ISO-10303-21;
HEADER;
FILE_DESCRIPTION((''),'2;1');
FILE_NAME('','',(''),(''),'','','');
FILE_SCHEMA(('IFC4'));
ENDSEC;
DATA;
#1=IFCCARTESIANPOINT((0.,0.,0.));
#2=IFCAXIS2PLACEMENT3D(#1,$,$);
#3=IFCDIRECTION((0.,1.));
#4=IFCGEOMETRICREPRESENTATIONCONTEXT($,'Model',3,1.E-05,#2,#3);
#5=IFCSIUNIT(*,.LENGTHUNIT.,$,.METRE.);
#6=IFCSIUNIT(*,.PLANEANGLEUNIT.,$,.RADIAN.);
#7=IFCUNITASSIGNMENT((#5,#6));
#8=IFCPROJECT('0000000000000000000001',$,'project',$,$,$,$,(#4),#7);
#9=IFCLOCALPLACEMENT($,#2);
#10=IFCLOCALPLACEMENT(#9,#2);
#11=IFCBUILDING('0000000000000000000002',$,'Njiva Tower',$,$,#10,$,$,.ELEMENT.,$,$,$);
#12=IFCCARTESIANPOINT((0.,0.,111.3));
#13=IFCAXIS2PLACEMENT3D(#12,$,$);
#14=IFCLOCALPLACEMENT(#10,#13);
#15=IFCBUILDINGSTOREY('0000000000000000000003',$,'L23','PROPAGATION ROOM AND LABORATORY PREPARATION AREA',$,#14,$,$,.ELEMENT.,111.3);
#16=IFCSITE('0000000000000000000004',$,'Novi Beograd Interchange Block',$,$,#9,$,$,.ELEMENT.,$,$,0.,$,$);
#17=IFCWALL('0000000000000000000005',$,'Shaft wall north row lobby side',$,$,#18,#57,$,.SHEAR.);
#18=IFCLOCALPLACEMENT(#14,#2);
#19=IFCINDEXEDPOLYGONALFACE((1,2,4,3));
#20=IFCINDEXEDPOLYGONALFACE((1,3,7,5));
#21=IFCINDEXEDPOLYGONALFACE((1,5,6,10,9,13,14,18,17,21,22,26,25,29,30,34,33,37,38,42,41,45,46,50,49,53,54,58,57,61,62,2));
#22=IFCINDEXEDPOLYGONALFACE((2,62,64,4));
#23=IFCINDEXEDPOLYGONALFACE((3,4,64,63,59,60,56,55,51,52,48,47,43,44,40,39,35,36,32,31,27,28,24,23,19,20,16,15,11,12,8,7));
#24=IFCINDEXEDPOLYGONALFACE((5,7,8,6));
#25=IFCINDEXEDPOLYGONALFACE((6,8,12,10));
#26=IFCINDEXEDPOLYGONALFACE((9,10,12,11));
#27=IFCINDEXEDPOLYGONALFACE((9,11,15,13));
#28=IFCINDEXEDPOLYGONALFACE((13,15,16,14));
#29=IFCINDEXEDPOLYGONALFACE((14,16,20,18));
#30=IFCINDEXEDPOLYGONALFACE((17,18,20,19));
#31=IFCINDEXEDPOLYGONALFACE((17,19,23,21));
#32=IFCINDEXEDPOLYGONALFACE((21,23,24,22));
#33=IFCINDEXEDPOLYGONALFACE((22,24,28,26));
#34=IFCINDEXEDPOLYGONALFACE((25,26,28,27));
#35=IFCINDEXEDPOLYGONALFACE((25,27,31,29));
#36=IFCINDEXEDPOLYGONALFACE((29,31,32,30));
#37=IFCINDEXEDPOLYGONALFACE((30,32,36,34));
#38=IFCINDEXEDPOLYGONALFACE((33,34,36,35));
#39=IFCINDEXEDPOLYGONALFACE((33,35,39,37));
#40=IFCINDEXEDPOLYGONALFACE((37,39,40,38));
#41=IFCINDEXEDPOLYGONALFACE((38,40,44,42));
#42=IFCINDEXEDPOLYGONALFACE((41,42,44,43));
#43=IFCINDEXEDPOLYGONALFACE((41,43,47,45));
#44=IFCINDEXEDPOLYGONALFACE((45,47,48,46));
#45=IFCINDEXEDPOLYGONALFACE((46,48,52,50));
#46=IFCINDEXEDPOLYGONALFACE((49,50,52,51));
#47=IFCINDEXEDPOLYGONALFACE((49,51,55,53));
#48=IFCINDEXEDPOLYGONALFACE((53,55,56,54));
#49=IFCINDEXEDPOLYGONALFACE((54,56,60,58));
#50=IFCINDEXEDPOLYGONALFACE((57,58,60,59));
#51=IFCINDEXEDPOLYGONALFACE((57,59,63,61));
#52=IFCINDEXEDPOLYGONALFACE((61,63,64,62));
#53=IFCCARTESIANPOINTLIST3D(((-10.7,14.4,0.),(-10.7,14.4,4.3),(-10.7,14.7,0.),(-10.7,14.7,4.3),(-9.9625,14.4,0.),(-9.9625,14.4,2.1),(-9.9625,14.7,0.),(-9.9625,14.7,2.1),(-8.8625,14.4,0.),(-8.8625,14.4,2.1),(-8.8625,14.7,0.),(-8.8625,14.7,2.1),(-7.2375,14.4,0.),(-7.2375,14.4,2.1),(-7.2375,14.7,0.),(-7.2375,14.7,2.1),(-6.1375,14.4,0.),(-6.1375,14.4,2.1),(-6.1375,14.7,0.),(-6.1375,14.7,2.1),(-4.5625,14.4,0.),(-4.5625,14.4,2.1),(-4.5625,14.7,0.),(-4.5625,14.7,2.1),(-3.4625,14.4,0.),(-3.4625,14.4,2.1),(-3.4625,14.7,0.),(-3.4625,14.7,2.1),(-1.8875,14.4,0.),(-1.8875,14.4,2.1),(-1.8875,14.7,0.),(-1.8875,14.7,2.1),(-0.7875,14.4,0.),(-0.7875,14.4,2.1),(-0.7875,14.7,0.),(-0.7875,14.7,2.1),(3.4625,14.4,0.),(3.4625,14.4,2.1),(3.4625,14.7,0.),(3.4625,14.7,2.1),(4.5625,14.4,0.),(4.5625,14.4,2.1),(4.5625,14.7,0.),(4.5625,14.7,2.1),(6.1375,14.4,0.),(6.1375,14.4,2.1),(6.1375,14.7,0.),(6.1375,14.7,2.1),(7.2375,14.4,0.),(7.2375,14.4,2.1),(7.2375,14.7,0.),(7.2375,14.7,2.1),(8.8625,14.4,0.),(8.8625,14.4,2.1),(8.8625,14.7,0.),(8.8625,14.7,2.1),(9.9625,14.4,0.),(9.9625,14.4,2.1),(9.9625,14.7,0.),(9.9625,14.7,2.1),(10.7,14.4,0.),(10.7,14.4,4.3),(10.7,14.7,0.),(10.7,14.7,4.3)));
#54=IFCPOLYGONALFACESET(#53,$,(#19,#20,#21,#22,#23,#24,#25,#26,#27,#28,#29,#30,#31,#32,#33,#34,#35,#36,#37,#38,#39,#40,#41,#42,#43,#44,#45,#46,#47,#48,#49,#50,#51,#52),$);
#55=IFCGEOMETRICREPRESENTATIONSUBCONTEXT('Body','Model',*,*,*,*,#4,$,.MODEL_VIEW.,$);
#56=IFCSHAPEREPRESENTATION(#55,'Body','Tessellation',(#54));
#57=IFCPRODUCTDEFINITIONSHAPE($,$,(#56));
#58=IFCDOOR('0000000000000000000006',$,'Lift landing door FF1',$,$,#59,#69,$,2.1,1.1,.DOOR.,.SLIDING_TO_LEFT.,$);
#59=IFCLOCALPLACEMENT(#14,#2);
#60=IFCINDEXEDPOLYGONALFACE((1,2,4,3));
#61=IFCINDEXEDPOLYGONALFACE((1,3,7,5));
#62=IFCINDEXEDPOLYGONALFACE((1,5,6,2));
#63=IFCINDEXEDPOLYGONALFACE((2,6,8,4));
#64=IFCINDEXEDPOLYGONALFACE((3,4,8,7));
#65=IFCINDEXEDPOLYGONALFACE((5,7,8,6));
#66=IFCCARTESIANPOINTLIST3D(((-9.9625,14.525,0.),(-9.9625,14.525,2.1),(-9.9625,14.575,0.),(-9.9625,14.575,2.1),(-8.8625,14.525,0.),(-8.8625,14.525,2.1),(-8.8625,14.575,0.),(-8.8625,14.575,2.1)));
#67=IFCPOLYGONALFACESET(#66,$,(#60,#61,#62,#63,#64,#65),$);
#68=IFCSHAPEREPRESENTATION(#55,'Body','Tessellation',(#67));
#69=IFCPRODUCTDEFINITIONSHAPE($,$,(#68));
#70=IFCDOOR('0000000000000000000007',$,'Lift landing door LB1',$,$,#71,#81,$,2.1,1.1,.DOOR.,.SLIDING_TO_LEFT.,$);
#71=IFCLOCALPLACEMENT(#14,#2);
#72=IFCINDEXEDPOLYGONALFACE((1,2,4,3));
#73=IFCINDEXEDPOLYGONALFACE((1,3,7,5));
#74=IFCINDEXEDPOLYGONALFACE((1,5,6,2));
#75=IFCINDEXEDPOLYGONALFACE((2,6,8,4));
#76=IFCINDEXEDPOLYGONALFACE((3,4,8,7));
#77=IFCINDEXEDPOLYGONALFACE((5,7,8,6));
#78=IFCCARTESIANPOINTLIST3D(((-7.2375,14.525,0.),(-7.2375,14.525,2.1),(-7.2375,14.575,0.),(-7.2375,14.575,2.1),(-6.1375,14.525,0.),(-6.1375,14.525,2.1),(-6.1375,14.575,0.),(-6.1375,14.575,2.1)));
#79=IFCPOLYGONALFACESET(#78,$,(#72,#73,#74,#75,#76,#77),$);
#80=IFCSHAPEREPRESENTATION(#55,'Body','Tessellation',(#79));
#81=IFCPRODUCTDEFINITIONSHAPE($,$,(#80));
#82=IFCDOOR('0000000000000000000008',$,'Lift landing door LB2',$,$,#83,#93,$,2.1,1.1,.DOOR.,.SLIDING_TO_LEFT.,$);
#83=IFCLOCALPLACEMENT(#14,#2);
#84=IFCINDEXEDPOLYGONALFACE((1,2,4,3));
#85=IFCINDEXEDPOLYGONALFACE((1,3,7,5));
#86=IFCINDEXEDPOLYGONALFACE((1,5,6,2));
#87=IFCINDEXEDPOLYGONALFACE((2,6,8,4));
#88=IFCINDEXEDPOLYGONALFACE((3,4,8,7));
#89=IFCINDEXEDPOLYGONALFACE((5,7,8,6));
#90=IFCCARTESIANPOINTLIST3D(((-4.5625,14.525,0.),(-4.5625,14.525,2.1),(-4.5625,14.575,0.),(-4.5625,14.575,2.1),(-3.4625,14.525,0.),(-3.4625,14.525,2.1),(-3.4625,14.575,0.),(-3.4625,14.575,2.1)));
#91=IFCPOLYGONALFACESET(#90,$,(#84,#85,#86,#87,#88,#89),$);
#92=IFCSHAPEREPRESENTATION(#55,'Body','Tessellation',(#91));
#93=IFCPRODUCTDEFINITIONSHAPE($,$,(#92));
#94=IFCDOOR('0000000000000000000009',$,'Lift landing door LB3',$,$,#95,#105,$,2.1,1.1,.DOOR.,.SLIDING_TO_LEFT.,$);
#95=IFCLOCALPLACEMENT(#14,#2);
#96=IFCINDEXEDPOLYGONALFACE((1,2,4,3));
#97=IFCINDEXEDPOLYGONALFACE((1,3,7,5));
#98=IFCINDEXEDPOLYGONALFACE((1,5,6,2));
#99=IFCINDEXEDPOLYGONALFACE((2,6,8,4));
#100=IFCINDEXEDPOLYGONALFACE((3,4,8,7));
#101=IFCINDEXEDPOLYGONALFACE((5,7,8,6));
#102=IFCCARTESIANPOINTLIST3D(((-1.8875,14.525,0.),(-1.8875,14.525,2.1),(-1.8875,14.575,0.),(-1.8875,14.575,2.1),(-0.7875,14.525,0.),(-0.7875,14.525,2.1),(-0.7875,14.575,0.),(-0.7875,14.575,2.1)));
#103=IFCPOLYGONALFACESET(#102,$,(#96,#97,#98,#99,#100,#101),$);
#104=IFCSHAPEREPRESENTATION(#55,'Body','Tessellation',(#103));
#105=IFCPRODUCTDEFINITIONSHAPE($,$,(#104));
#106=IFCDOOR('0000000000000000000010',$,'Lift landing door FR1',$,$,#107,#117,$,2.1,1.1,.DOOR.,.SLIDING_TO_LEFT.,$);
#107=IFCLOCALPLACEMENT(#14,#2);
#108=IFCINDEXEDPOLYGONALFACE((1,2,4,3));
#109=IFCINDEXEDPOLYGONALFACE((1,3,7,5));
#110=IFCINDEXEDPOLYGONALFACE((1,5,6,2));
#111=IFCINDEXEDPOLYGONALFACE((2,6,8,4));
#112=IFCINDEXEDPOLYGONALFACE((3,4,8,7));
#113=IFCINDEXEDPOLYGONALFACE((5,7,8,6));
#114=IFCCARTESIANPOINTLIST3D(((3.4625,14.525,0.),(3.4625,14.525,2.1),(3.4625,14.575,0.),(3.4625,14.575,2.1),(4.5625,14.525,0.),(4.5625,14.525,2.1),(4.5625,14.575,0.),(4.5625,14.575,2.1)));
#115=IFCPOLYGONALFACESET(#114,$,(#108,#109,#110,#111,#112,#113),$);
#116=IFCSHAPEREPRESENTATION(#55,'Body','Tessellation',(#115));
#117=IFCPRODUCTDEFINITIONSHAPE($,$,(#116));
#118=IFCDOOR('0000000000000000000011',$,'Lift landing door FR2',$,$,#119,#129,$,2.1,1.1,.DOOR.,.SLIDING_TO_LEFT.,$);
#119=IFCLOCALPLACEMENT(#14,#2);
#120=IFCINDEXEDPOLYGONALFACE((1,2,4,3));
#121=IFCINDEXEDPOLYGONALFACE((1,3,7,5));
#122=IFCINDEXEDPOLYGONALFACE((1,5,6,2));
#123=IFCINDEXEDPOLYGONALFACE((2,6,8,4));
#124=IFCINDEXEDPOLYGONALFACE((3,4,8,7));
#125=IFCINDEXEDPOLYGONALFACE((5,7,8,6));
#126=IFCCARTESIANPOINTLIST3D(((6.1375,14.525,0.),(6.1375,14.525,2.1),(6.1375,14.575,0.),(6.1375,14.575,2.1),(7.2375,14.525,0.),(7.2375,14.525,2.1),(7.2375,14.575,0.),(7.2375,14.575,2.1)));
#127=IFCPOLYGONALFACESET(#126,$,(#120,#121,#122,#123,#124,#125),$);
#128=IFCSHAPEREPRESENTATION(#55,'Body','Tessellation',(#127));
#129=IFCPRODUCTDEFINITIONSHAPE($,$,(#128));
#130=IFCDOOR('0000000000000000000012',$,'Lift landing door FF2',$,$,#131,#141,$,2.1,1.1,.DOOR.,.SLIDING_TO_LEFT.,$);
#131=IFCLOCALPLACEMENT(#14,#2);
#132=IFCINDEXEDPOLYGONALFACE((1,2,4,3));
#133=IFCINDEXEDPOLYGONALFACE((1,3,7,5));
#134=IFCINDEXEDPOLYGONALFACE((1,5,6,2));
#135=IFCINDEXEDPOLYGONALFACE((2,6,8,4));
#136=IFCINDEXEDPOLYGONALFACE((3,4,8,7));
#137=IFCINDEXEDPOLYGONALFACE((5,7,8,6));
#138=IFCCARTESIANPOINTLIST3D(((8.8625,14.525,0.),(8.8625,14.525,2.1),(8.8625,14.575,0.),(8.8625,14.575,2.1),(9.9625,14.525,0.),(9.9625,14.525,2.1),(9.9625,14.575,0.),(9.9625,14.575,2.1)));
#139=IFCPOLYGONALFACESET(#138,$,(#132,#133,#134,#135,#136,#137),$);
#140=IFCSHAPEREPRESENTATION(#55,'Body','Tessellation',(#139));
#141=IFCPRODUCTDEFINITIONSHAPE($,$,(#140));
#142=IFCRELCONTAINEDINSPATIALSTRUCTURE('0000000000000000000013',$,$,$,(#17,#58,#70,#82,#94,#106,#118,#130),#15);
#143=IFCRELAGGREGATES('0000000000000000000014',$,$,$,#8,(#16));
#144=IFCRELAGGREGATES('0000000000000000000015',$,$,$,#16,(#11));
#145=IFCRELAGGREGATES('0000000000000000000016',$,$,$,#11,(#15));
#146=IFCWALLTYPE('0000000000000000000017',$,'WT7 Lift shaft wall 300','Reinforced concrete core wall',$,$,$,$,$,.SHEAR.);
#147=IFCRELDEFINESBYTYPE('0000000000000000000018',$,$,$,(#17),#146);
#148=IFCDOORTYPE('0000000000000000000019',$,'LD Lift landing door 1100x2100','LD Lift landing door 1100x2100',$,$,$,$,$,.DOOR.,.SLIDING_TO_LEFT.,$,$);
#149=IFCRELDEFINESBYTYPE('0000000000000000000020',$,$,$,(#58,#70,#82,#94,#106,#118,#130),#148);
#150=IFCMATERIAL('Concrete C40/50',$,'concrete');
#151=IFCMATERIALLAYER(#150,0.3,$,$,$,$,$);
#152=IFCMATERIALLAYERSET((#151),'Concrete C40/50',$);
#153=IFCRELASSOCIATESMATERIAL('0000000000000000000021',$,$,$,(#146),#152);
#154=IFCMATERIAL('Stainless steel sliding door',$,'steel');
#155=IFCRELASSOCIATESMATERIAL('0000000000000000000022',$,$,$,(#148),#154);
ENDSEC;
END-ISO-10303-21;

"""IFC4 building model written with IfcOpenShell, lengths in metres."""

from ifc_helpers import new_model, si_unit, direction, frame, frame_2d, origin, place, context, subcontext, project, spatial, rectangle, extrude, material, layer, layer_set, type_object, element, fill, save


model = new_model("IFC4")

# Units and contexts
model_context = context("Model", 3, precision=1e-05, world=origin(), true_north=direction((0.0, 1.0)))
body_context = subcontext(model_context, "Body", "Model", "MODEL_VIEW")
ifc_project = project(units=[si_unit("LENGTHUNIT", "METRE"), si_unit("PLANEANGLEUNIT", "RADIAN")], contexts=[model_context])

# Site, building, storey
site_placement = place(None, origin())
site = spatial("IfcSite", under=ifc_project, at=site_placement, Name="Novi Beograd Interchange Block", CompositionType="ELEMENT", RefElevation=0.0)
building_placement = place(site_placement, origin())
building = spatial("IfcBuilding", under=site, at=building_placement, Name="Njiva Tower", CompositionType="ELEMENT")
storey_placement = place(building_placement, frame((0.0, 0.0, 111.3)))
storey = spatial("IfcBuildingStorey", under=building, at=storey_placement, Name="L23", Description="PROPAGATION ROOM AND LABORATORY PREPARATION AREA", CompositionType="ELEMENT", Elevation=111.3)

# Shared definitions
ifc_material_1 = material(Name="Concrete C40/50", Category="concrete")

# Wall, openings, doors
ifc_layer_1 = layer(ifc_material_1, 0.3)
ifc_layer_set_1 = layer_set([ifc_layer_1], Name="Concrete C40/50")
wall_type_1 = type_object("IfcWallType", Name="WT7 Lift shaft wall 300", Description="Reinforced concrete core wall", PredefinedType="SHEAR", material=ifc_layer_set_1)
wall_1_placement = place(storey_placement, frame((-10.7, 14.55, 0.0), z_axis=(0.0, 0.0, 1.0), x_axis=(1.0, 0.0, 0.0)))
wall_1 = element("IfcWall", 1, at=wall_1_placement, inside=storey, type_object=wall_type_1, Name="Shaft wall north row lobby side", PredefinedType="SHEAR", context=body_context, shape_type="SweptSolid", body=[
    extrude(rectangle(XDim=21.4, YDim=0.3, at=frame_2d((10.7, 0.0))), origin(), (0.0, 0.0, 1.0), 4.3),
])
opening_1_placement = place(wall_1_placement, frame((0.7375, 0.0, 0.0)))
opening_1 = element("IfcOpeningElement", 2, at=opening_1_placement, cuts=wall_1, PredefinedType="OPENING", context=body_context, shape_type="SweptSolid", body=[
    extrude(rectangle(XDim=1.1, YDim=2.1, at=frame_2d((0.55, 1.05))), frame((0.0, 0.16, 0.0), z_axis=(0.0, -1.0, 0.0), x_axis=(1.0, 0.0, 0.0)), (0.0, 0.0, 1.0), 0.32),
])
opening_2_placement = place(wall_1_placement, frame((3.4625, 0.0, 0.0)))
opening_2 = element("IfcOpeningElement", 3, at=opening_2_placement, cuts=wall_1, PredefinedType="OPENING", context=body_context, shape_type="SweptSolid", body=[
    extrude(rectangle(XDim=1.1, YDim=2.1, at=frame_2d((0.55, 1.05))), frame((0.0, 0.16, 0.0), z_axis=(0.0, -1.0, 0.0), x_axis=(1.0, 0.0, 0.0)), (0.0, 0.0, 1.0), 0.32),
])
opening_3_placement = place(wall_1_placement, frame((6.1375, 0.0, 0.0)))
opening_3 = element("IfcOpeningElement", 4, at=opening_3_placement, cuts=wall_1, PredefinedType="OPENING", context=body_context, shape_type="SweptSolid", body=[
    extrude(rectangle(XDim=1.1, YDim=2.1, at=frame_2d((0.55, 1.05))), frame((0.0, 0.16, 0.0), z_axis=(0.0, -1.0, 0.0), x_axis=(1.0, 0.0, 0.0)), (0.0, 0.0, 1.0), 0.32),
])
opening_4_placement = place(wall_1_placement, frame((8.8125, 0.0, 0.0)))
opening_4 = element("IfcOpeningElement", 5, at=opening_4_placement, cuts=wall_1, PredefinedType="OPENING", context=body_context, shape_type="SweptSolid", body=[
    extrude(rectangle(XDim=1.1, YDim=2.1, at=frame_2d((0.55, 1.05))), frame((0.0, 0.16, 0.0), z_axis=(0.0, -1.0, 0.0), x_axis=(1.0, 0.0, 0.0)), (0.0, 0.0, 1.0), 0.32),
])
opening_5_placement = place(wall_1_placement, frame((14.1625, 0.0, 0.0)))
opening_5 = element("IfcOpeningElement", 6, at=opening_5_placement, cuts=wall_1, PredefinedType="OPENING", context=body_context, shape_type="SweptSolid", body=[
    extrude(rectangle(XDim=1.1, YDim=2.1, at=frame_2d((0.55, 1.05))), frame((0.0, 0.16, 0.0), z_axis=(0.0, -1.0, 0.0), x_axis=(1.0, 0.0, 0.0)), (0.0, 0.0, 1.0), 0.32),
])
opening_6_placement = place(wall_1_placement, frame((16.8375, 0.0, 0.0)))
opening_6 = element("IfcOpeningElement", 7, at=opening_6_placement, cuts=wall_1, PredefinedType="OPENING", context=body_context, shape_type="SweptSolid", body=[
    extrude(rectangle(XDim=1.1, YDim=2.1, at=frame_2d((0.55, 1.05))), frame((0.0, 0.16, 0.0), z_axis=(0.0, -1.0, 0.0), x_axis=(1.0, 0.0, 0.0)), (0.0, 0.0, 1.0), 0.32),
])
opening_7_placement = place(wall_1_placement, frame((19.5625, 0.0, 0.0)))
opening_7 = element("IfcOpeningElement", 8, at=opening_7_placement, cuts=wall_1, PredefinedType="OPENING", context=body_context, shape_type="SweptSolid", body=[
    extrude(rectangle(XDim=1.1, YDim=2.1, at=frame_2d((0.55, 1.05))), frame((0.0, 0.16, 0.0), z_axis=(0.0, -1.0, 0.0), x_axis=(1.0, 0.0, 0.0)), (0.0, 0.0, 1.0), 0.32),
])
ifc_material_2 = material(Name="Stainless steel sliding door", Category="steel")
door_type_1 = type_object("IfcDoorType", Name="LD Lift landing door 1100x2100", Description="LD Lift landing door 1100x2100", OperationType="SLIDING_TO_LEFT", PredefinedType="DOOR", material=ifc_material_2)
door_1_placement = place(opening_1_placement, origin())
door_1 = element("IfcDoor", 9, at=door_1_placement, inside=storey, type_object=door_type_1, Name="Lift landing door FF1", OperationType="SLIDING_TO_LEFT", OverallHeight=2.1, OverallWidth=1.1, PredefinedType="DOOR", context=body_context, shape_type="SweptSolid", body=[
    extrude(rectangle(XDim=1.1, YDim=2.1, at=frame_2d((0.55, 1.05))), frame((0.0, 0.025, 0.0), z_axis=(0.0, -1.0, 0.0), x_axis=(1.0, 0.0, 0.0)), (0.0, 0.0, 1.0), 0.05),
])
fill(opening_1, door_1)
door_2_placement = place(opening_2_placement, origin())
door_2 = element("IfcDoor", 10, at=door_2_placement, inside=storey, type_object=door_type_1, Name="Lift landing door LB1", OperationType="SLIDING_TO_LEFT", OverallHeight=2.1, OverallWidth=1.1, PredefinedType="DOOR", context=body_context, shape_type="SweptSolid", body=[
    extrude(rectangle(XDim=1.1, YDim=2.1, at=frame_2d((0.55, 1.05))), frame((0.0, 0.025, 0.0), z_axis=(0.0, -1.0, 0.0), x_axis=(1.0, 0.0, 0.0)), (0.0, 0.0, 1.0), 0.05),
])
fill(opening_2, door_2)
door_3_placement = place(opening_3_placement, origin())
door_3 = element("IfcDoor", 11, at=door_3_placement, inside=storey, type_object=door_type_1, Name="Lift landing door LB2", OperationType="SLIDING_TO_LEFT", OverallHeight=2.1, OverallWidth=1.1, PredefinedType="DOOR", context=body_context, shape_type="SweptSolid", body=[
    extrude(rectangle(XDim=1.1, YDim=2.1, at=frame_2d((0.55, 1.05))), frame((0.0, 0.025, 0.0), z_axis=(0.0, -1.0, 0.0), x_axis=(1.0, 0.0, 0.0)), (0.0, 0.0, 1.0), 0.05),
])
fill(opening_3, door_3)
door_4_placement = place(opening_4_placement, origin())
door_4 = element("IfcDoor", 12, at=door_4_placement, inside=storey, type_object=door_type_1, Name="Lift landing door LB3", OperationType="SLIDING_TO_LEFT", OverallHeight=2.1, OverallWidth=1.1, PredefinedType="DOOR", context=body_context, shape_type="SweptSolid", body=[
    extrude(rectangle(XDim=1.1, YDim=2.1, at=frame_2d((0.55, 1.05))), frame((0.0, 0.025, 0.0), z_axis=(0.0, -1.0, 0.0), x_axis=(1.0, 0.0, 0.0)), (0.0, 0.0, 1.0), 0.05),
])
fill(opening_4, door_4)
door_5_placement = place(opening_5_placement, origin())
door_5 = element("IfcDoor", 13, at=door_5_placement, inside=storey, type_object=door_type_1, Name="Lift landing door FR1", OperationType="SLIDING_TO_LEFT", OverallHeight=2.1, OverallWidth=1.1, PredefinedType="DOOR", context=body_context, shape_type="SweptSolid", body=[
    extrude(rectangle(XDim=1.1, YDim=2.1, at=frame_2d((0.55, 1.05))), frame((0.0, 0.025, 0.0), z_axis=(0.0, -1.0, 0.0), x_axis=(1.0, 0.0, 0.0)), (0.0, 0.0, 1.0), 0.05),
])
fill(opening_5, door_5)
door_6_placement = place(opening_6_placement, origin())
door_6 = element("IfcDoor", 14, at=door_6_placement, inside=storey, type_object=door_type_1, Name="Lift landing door FR2", OperationType="SLIDING_TO_LEFT", OverallHeight=2.1, OverallWidth=1.1, PredefinedType="DOOR", context=body_context, shape_type="SweptSolid", body=[
    extrude(rectangle(XDim=1.1, YDim=2.1, at=frame_2d((0.55, 1.05))), frame((0.0, 0.025, 0.0), z_axis=(0.0, -1.0, 0.0), x_axis=(1.0, 0.0, 0.0)), (0.0, 0.0, 1.0), 0.05),
])
fill(opening_6, door_6)
door_7_placement = place(opening_7_placement, origin())
door_7 = element("IfcDoor", 15, at=door_7_placement, inside=storey, type_object=door_type_1, Name="Lift landing door FF2", OperationType="SLIDING_TO_LEFT", OverallHeight=2.1, OverallWidth=1.1, PredefinedType="DOOR", context=body_context, shape_type="SweptSolid", body=[
    extrude(rectangle(XDim=1.1, YDim=2.1, at=frame_2d((0.55, 1.05))), frame((0.0, 0.025, 0.0), z_axis=(0.0, -1.0, 0.0), x_axis=(1.0, 0.0, 0.0)), (0.0, 0.0, 1.0), 0.05),
])
fill(opening_7, door_7)

save(model, "model.ifc")
